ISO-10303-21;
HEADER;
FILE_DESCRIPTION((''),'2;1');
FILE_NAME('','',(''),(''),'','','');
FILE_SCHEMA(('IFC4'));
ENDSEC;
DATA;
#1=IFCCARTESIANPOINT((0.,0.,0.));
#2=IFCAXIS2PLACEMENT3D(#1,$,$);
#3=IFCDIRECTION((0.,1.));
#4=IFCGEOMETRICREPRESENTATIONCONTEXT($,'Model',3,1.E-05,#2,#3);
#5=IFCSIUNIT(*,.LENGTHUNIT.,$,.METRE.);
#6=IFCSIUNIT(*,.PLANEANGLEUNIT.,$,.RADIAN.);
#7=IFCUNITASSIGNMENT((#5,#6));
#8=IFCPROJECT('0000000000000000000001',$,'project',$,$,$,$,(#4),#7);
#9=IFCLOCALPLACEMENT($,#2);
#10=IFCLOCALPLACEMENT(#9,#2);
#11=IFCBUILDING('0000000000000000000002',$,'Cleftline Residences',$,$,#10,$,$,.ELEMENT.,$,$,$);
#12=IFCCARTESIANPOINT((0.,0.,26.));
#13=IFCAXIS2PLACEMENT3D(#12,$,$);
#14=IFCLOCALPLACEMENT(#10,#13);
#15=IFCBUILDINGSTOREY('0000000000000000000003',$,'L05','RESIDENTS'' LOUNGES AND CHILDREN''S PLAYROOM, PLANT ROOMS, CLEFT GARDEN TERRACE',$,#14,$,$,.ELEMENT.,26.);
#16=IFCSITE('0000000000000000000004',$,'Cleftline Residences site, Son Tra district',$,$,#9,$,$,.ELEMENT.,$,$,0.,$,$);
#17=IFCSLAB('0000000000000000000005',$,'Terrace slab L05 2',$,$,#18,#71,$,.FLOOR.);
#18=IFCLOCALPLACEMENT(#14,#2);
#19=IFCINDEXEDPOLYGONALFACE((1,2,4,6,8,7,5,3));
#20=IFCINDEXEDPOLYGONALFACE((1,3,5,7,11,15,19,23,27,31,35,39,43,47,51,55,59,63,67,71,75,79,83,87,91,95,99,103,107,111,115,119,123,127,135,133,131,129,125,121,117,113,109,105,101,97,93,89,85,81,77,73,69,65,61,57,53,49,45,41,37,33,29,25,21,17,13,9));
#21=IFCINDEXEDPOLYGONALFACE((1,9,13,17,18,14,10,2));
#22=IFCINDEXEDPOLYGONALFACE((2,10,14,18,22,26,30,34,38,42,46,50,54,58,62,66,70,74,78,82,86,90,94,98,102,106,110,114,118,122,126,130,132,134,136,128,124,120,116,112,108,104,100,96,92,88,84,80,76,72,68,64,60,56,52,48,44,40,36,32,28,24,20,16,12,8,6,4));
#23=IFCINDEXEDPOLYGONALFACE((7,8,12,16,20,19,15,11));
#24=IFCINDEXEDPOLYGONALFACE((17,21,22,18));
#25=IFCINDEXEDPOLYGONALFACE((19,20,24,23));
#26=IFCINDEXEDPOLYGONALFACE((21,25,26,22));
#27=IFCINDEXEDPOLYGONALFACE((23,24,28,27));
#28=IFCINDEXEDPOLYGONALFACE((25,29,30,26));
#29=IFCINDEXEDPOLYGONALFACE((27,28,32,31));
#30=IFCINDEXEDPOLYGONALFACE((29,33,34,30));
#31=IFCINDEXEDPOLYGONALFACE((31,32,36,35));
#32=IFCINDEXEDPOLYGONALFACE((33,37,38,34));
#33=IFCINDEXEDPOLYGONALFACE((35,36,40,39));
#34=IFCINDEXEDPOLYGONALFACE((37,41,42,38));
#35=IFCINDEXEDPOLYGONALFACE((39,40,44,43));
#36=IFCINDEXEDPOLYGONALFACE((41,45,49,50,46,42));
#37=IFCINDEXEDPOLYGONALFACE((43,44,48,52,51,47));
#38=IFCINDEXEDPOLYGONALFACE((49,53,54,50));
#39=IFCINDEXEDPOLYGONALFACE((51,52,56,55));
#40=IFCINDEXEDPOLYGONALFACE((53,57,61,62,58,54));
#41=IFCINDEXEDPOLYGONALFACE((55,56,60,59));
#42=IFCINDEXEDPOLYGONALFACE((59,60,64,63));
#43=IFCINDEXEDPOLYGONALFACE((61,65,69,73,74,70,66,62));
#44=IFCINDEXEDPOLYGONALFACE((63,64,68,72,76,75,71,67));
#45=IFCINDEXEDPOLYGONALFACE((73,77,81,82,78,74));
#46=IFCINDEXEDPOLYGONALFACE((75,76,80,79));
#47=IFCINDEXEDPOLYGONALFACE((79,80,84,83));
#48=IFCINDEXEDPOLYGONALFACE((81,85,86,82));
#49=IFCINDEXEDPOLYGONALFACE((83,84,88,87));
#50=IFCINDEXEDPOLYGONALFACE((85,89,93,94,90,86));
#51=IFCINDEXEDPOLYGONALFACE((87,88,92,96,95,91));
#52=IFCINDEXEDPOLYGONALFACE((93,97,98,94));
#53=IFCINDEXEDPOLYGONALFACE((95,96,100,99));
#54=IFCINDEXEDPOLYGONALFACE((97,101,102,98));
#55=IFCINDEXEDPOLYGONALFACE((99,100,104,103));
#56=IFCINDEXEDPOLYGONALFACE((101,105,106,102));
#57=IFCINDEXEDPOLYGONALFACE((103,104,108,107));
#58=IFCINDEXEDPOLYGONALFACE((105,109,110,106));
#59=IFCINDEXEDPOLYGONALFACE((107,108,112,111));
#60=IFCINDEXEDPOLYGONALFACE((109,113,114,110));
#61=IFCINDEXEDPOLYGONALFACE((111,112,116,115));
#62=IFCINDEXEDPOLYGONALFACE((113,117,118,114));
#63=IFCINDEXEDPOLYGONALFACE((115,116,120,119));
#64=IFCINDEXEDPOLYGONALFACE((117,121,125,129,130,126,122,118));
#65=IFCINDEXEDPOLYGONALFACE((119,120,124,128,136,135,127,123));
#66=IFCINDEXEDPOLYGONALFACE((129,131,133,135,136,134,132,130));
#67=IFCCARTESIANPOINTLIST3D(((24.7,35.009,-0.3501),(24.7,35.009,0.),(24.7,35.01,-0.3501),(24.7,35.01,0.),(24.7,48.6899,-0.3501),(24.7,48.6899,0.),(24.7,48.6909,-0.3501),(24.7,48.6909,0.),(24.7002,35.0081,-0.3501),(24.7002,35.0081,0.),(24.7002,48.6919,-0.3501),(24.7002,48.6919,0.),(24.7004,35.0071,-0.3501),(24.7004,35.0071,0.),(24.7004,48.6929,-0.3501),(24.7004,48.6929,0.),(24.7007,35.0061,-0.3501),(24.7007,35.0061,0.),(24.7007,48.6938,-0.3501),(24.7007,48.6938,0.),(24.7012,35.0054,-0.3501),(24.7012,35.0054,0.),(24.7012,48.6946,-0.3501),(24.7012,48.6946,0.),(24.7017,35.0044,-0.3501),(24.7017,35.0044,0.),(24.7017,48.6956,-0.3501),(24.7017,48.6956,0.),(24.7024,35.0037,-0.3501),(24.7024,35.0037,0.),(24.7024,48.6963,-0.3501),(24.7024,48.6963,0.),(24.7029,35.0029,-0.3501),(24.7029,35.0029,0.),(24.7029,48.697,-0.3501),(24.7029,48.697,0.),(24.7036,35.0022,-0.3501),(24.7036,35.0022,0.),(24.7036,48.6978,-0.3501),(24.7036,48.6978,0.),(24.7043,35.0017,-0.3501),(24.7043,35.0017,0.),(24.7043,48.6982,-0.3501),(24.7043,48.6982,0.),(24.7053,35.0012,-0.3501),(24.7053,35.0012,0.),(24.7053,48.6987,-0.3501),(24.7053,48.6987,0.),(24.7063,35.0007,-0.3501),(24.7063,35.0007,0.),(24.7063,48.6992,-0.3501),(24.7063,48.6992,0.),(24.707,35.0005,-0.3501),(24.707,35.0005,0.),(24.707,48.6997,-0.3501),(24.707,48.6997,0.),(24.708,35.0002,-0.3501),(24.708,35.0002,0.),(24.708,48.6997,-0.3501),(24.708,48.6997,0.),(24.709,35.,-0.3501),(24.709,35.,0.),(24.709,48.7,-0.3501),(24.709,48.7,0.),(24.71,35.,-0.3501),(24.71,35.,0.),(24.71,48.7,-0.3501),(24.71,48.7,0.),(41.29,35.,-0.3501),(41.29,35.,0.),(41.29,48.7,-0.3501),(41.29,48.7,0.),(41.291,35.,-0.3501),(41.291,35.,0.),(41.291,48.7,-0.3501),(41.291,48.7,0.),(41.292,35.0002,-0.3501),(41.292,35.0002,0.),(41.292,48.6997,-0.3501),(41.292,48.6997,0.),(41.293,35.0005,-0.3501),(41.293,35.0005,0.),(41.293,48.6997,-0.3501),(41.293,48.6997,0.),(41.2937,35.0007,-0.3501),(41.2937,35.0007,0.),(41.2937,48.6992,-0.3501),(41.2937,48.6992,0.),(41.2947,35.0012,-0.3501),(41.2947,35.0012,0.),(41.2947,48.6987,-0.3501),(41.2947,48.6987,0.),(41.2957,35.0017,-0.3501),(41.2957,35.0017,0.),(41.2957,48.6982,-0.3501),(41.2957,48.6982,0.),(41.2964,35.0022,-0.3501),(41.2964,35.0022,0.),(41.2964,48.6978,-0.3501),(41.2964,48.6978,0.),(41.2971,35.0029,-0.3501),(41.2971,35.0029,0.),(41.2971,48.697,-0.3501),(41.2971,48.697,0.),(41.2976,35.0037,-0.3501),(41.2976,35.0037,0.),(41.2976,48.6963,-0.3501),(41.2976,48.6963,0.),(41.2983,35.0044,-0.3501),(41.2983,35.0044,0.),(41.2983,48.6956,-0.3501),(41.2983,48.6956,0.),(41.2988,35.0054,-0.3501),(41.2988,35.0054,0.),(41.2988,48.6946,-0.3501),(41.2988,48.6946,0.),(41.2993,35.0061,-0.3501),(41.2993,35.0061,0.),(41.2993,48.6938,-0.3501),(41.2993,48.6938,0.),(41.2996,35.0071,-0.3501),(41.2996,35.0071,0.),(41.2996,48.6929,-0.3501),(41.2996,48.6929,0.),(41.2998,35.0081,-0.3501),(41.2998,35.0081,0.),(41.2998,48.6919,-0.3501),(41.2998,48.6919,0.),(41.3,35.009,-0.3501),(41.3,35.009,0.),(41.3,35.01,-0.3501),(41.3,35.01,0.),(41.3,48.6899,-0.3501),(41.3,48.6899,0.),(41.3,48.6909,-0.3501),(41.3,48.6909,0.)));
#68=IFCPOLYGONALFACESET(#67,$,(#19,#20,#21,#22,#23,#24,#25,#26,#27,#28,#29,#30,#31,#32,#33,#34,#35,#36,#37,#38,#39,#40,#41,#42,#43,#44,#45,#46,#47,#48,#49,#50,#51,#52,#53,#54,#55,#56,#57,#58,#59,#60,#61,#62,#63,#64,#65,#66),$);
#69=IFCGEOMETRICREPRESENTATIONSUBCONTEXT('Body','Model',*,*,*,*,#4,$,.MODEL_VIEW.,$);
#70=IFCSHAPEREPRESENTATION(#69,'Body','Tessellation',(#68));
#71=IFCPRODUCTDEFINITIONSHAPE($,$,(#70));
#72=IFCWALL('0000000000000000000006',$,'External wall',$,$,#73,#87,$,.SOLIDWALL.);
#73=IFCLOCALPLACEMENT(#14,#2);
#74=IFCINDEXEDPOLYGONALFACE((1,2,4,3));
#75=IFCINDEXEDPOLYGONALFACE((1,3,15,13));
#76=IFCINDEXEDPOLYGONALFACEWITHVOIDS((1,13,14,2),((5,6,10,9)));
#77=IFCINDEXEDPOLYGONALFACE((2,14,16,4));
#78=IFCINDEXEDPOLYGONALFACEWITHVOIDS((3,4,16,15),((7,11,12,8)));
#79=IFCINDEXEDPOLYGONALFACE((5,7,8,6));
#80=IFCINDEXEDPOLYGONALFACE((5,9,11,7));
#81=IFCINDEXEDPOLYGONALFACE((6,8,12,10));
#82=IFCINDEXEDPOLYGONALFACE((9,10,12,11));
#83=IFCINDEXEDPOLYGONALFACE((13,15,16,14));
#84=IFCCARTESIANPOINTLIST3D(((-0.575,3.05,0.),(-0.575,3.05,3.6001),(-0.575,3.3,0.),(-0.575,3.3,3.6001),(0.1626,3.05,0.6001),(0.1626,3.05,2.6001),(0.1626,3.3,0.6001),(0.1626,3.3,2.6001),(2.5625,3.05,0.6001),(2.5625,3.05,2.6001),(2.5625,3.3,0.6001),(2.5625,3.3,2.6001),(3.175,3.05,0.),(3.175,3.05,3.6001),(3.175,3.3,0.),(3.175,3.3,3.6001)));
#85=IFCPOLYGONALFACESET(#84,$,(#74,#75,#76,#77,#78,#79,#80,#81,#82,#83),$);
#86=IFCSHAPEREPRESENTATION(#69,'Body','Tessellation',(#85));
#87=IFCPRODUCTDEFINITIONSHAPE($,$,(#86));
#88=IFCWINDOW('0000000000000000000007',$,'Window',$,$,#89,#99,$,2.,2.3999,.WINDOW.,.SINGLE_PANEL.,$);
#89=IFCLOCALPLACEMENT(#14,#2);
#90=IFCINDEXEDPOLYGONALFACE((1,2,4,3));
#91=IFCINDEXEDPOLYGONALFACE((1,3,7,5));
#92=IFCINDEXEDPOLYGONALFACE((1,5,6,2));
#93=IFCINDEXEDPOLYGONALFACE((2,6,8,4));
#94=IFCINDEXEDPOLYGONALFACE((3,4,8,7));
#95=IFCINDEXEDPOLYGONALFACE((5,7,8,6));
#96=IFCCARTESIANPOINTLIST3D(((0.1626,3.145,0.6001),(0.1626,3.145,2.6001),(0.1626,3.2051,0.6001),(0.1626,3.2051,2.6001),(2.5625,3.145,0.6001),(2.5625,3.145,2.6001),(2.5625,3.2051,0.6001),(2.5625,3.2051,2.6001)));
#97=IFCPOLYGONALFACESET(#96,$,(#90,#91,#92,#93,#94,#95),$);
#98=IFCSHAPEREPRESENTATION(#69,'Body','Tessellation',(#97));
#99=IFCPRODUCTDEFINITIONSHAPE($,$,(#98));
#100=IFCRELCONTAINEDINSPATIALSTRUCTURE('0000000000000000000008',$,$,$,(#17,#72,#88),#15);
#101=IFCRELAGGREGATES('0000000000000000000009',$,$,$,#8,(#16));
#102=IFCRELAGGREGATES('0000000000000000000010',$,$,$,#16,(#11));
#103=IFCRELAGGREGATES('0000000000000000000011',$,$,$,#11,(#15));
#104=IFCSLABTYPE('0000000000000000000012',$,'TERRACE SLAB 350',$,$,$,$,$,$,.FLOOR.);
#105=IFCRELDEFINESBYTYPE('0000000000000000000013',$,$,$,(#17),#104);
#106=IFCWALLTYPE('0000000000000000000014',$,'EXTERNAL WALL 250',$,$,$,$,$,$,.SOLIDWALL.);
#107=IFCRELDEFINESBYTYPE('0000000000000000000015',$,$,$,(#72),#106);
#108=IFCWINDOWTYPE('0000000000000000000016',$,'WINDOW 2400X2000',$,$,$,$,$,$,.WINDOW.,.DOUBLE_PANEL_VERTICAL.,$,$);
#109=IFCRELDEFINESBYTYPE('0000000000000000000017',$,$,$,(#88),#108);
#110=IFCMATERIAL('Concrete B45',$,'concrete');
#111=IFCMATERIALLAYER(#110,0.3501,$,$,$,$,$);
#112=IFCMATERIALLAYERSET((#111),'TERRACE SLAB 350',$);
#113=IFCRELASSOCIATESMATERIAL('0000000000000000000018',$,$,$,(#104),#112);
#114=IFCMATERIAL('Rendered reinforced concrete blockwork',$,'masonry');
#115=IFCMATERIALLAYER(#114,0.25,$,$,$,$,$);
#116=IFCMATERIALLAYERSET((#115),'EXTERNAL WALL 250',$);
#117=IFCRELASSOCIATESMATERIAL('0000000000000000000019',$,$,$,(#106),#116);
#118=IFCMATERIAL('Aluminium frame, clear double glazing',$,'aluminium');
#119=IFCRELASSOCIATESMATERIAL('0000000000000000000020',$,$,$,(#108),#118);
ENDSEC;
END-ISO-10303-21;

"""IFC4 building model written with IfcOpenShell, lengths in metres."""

from ifc_helpers import new_model, si_unit, direction, frame, frame_2d, origin, place, context, subcontext, project, spatial, polyline, rectangle, outline, extrude, material, layer, layer_set, type_object, element, fill, save


model = new_model("IFC4")

# Units and contexts
model_context = context("Model", 3, precision=1e-05, world=origin(), true_north=direction((0.0, 1.0)))
body_context = subcontext(model_context, "Body", "Model", "MODEL_VIEW")
ifc_project = project(units=[si_unit("LENGTHUNIT", "METRE"), si_unit("PLANEANGLEUNIT", "RADIAN")], contexts=[model_context])

# Site, building, storey
site_placement = place(None, origin())
site = spatial("IfcSite", under=ifc_project, at=site_placement, Name="Cleftline Residences site, Son Tra district", CompositionType="ELEMENT", RefElevation=0.0)
building_placement = place(site_placement, origin())
building = spatial("IfcBuilding", under=site, at=building_placement, Name="Cleftline Residences", CompositionType="ELEMENT")
storey_placement = place(building_placement, frame((0.0, 0.0, 26.0)))
storey = spatial("IfcBuildingStorey", under=building, at=storey_placement, Name="L05", Description="RESIDENTS' LOUNGES AND CHILDREN'S PLAYROOM, PLANT ROOMS, CLEFT GARDEN TERRACE", CompositionType="ELEMENT", Elevation=26.0)

# Slab
ifc_material_1 = material(Name="Concrete B45", Category="concrete")
ifc_layer_1 = layer(ifc_material_1, 0.3501)
ifc_layer_set_1 = layer_set([ifc_layer_1], Name="TERRACE SLAB 350")
slab_type_1 = type_object("IfcSlabType", Name="TERRACE SLAB 350", PredefinedType="FLOOR", material=ifc_layer_set_1)
slab_1_placement = place(storey_placement, frame((0.0, 0.0, -0.3501)))
element("IfcSlab", 1, at=slab_1_placement, inside=storey, type_object=slab_type_1, Name="Terrace slab L05 2", PredefinedType="FLOOR", context=body_context, shape_type="SweptSolid", body=[
    extrude(outline(polyline([(24.71, 48.7), (24.709, 48.7), (24.708, 48.6997), (24.707, 48.6997), (24.7063, 48.6992), (24.7053, 48.6987), (24.7043, 48.6982), (24.7036, 48.6978), (24.7029, 48.697), (24.7024, 48.6963), (24.7017, 48.6956), (24.7012, 48.6946), (24.7007, 48.6938), (24.7004, 48.6929), (24.7002, 48.6919), (24.7, 48.6909), (24.7, 48.6899), (24.7, 35.01), (24.7, 35.009), (24.7002, 35.0081), (24.7004, 35.0071), (24.7007, 35.0061), (24.7012, 35.0054), (24.7017, 35.0044), (24.7024, 35.0037), (24.7029, 35.0029), (24.7036, 35.0022), (24.7043, 35.0017), (24.7053, 35.0012), (24.7063, 35.0007), (24.707, 35.0005), (24.708, 35.0002), (24.709, 35.0), (24.71, 35.0), (41.29, 35.0), (41.291, 35.0), (41.292, 35.0002), (41.293, 35.0005), (41.2937, 35.0007), (41.2947, 35.0012), (41.2957, 35.0017), (41.2964, 35.0022), (41.2971, 35.0029), (41.2976, 35.0037), (41.2983, 35.0044), (41.2988, 35.0054), (41.2993, 35.0061), (41.2996, 35.0071), (41.2998, 35.0081), (41.3, 35.009), (41.3, 35.01), (41.3, 48.6899), (41.3, 48.6909), (41.2998, 48.6919), (41.2996, 48.6929), (41.2993, 48.6938), (41.2988, 48.6946), (41.2983, 48.6956), (41.2976, 48.6963), (41.2971, 48.697), (41.2964, 48.6978), (41.2957, 48.6982), (41.2947, 48.6987), (41.2937, 48.6992), (41.293, 48.6997), (41.292, 48.6997), (41.291, 48.7), (41.29, 48.7), (24.71, 48.7)])), origin(), (0.0, 0.0, 1.0), 0.3501),
])

# Wall, opening, window
ifc_material_2 = material(Name="Rendered reinforced concrete blockwork", Category="masonry")
ifc_layer_2 = layer(ifc_material_2, 0.25)
ifc_layer_set_2 = layer_set([ifc_layer_2], Name="EXTERNAL WALL 250")
wall_type = type_object("IfcWallType", Name="EXTERNAL WALL 250", PredefinedType="SOLIDWALL", material=ifc_layer_set_2)
wall_placement = place(storey_placement, frame((-0.575, 3.175, 0.0), z_axis=(0.0, 0.0, 1.0), x_axis=(1.0, 0.0, 0.0)))
wall = element("IfcWall", 2, at=wall_placement, inside=storey, type_object=wall_type, Name="External wall", PredefinedType="SOLIDWALL", context=body_context, shape_type="SweptSolid", body=[
    extrude(rectangle(XDim=3.75, YDim=0.25, at=frame_2d((1.875, 0.0))), origin(), (0.0, 0.0, 1.0), 3.6001),
])
opening_placement = place(wall_placement, frame((0.7375, 0.0, 0.6001)))
opening = element("IfcOpeningElement", 3, at=opening_placement, cuts=wall, PredefinedType="OPENING", context=body_context, shape_type="SweptSolid", body=[
    extrude(rectangle(XDim=2.3999, YDim=2.0, at=frame_2d((1.2, 1.0))), frame((0.0, 0.135, 0.0), z_axis=(0.0, -1.0, 0.0), x_axis=(1.0, 0.0, 0.0)), (0.0, 0.0, 1.0), 0.27),
])
ifc_material_3 = material(Name="Aluminium frame, clear double glazing", Category="aluminium")
window_type = type_object("IfcWindowType", Name="WINDOW 2400X2000", PartitioningType="DOUBLE_PANEL_VERTICAL", PredefinedType="WINDOW", material=ifc_material_3)
window_placement = place(opening_placement, origin())
window = element("IfcWindow", 4, at=window_placement, inside=storey, type_object=window_type, Name="Window", OverallHeight=2.0, OverallWidth=2.3999, PartitioningType="SINGLE_PANEL", PredefinedType="WINDOW", context=body_context, shape_type="SweptSolid", body=[
    extrude(rectangle(XDim=2.3999, YDim=2.0, at=frame_2d((1.2, 1.0))), frame((0.0, 0.03, 0.0), z_axis=(0.0, -1.0, 0.0), x_axis=(1.0, 0.0, 0.0)), (0.0, 0.0, 1.0), 0.0601),
])
fill(opening, window)

save(model, "model.ifc")
